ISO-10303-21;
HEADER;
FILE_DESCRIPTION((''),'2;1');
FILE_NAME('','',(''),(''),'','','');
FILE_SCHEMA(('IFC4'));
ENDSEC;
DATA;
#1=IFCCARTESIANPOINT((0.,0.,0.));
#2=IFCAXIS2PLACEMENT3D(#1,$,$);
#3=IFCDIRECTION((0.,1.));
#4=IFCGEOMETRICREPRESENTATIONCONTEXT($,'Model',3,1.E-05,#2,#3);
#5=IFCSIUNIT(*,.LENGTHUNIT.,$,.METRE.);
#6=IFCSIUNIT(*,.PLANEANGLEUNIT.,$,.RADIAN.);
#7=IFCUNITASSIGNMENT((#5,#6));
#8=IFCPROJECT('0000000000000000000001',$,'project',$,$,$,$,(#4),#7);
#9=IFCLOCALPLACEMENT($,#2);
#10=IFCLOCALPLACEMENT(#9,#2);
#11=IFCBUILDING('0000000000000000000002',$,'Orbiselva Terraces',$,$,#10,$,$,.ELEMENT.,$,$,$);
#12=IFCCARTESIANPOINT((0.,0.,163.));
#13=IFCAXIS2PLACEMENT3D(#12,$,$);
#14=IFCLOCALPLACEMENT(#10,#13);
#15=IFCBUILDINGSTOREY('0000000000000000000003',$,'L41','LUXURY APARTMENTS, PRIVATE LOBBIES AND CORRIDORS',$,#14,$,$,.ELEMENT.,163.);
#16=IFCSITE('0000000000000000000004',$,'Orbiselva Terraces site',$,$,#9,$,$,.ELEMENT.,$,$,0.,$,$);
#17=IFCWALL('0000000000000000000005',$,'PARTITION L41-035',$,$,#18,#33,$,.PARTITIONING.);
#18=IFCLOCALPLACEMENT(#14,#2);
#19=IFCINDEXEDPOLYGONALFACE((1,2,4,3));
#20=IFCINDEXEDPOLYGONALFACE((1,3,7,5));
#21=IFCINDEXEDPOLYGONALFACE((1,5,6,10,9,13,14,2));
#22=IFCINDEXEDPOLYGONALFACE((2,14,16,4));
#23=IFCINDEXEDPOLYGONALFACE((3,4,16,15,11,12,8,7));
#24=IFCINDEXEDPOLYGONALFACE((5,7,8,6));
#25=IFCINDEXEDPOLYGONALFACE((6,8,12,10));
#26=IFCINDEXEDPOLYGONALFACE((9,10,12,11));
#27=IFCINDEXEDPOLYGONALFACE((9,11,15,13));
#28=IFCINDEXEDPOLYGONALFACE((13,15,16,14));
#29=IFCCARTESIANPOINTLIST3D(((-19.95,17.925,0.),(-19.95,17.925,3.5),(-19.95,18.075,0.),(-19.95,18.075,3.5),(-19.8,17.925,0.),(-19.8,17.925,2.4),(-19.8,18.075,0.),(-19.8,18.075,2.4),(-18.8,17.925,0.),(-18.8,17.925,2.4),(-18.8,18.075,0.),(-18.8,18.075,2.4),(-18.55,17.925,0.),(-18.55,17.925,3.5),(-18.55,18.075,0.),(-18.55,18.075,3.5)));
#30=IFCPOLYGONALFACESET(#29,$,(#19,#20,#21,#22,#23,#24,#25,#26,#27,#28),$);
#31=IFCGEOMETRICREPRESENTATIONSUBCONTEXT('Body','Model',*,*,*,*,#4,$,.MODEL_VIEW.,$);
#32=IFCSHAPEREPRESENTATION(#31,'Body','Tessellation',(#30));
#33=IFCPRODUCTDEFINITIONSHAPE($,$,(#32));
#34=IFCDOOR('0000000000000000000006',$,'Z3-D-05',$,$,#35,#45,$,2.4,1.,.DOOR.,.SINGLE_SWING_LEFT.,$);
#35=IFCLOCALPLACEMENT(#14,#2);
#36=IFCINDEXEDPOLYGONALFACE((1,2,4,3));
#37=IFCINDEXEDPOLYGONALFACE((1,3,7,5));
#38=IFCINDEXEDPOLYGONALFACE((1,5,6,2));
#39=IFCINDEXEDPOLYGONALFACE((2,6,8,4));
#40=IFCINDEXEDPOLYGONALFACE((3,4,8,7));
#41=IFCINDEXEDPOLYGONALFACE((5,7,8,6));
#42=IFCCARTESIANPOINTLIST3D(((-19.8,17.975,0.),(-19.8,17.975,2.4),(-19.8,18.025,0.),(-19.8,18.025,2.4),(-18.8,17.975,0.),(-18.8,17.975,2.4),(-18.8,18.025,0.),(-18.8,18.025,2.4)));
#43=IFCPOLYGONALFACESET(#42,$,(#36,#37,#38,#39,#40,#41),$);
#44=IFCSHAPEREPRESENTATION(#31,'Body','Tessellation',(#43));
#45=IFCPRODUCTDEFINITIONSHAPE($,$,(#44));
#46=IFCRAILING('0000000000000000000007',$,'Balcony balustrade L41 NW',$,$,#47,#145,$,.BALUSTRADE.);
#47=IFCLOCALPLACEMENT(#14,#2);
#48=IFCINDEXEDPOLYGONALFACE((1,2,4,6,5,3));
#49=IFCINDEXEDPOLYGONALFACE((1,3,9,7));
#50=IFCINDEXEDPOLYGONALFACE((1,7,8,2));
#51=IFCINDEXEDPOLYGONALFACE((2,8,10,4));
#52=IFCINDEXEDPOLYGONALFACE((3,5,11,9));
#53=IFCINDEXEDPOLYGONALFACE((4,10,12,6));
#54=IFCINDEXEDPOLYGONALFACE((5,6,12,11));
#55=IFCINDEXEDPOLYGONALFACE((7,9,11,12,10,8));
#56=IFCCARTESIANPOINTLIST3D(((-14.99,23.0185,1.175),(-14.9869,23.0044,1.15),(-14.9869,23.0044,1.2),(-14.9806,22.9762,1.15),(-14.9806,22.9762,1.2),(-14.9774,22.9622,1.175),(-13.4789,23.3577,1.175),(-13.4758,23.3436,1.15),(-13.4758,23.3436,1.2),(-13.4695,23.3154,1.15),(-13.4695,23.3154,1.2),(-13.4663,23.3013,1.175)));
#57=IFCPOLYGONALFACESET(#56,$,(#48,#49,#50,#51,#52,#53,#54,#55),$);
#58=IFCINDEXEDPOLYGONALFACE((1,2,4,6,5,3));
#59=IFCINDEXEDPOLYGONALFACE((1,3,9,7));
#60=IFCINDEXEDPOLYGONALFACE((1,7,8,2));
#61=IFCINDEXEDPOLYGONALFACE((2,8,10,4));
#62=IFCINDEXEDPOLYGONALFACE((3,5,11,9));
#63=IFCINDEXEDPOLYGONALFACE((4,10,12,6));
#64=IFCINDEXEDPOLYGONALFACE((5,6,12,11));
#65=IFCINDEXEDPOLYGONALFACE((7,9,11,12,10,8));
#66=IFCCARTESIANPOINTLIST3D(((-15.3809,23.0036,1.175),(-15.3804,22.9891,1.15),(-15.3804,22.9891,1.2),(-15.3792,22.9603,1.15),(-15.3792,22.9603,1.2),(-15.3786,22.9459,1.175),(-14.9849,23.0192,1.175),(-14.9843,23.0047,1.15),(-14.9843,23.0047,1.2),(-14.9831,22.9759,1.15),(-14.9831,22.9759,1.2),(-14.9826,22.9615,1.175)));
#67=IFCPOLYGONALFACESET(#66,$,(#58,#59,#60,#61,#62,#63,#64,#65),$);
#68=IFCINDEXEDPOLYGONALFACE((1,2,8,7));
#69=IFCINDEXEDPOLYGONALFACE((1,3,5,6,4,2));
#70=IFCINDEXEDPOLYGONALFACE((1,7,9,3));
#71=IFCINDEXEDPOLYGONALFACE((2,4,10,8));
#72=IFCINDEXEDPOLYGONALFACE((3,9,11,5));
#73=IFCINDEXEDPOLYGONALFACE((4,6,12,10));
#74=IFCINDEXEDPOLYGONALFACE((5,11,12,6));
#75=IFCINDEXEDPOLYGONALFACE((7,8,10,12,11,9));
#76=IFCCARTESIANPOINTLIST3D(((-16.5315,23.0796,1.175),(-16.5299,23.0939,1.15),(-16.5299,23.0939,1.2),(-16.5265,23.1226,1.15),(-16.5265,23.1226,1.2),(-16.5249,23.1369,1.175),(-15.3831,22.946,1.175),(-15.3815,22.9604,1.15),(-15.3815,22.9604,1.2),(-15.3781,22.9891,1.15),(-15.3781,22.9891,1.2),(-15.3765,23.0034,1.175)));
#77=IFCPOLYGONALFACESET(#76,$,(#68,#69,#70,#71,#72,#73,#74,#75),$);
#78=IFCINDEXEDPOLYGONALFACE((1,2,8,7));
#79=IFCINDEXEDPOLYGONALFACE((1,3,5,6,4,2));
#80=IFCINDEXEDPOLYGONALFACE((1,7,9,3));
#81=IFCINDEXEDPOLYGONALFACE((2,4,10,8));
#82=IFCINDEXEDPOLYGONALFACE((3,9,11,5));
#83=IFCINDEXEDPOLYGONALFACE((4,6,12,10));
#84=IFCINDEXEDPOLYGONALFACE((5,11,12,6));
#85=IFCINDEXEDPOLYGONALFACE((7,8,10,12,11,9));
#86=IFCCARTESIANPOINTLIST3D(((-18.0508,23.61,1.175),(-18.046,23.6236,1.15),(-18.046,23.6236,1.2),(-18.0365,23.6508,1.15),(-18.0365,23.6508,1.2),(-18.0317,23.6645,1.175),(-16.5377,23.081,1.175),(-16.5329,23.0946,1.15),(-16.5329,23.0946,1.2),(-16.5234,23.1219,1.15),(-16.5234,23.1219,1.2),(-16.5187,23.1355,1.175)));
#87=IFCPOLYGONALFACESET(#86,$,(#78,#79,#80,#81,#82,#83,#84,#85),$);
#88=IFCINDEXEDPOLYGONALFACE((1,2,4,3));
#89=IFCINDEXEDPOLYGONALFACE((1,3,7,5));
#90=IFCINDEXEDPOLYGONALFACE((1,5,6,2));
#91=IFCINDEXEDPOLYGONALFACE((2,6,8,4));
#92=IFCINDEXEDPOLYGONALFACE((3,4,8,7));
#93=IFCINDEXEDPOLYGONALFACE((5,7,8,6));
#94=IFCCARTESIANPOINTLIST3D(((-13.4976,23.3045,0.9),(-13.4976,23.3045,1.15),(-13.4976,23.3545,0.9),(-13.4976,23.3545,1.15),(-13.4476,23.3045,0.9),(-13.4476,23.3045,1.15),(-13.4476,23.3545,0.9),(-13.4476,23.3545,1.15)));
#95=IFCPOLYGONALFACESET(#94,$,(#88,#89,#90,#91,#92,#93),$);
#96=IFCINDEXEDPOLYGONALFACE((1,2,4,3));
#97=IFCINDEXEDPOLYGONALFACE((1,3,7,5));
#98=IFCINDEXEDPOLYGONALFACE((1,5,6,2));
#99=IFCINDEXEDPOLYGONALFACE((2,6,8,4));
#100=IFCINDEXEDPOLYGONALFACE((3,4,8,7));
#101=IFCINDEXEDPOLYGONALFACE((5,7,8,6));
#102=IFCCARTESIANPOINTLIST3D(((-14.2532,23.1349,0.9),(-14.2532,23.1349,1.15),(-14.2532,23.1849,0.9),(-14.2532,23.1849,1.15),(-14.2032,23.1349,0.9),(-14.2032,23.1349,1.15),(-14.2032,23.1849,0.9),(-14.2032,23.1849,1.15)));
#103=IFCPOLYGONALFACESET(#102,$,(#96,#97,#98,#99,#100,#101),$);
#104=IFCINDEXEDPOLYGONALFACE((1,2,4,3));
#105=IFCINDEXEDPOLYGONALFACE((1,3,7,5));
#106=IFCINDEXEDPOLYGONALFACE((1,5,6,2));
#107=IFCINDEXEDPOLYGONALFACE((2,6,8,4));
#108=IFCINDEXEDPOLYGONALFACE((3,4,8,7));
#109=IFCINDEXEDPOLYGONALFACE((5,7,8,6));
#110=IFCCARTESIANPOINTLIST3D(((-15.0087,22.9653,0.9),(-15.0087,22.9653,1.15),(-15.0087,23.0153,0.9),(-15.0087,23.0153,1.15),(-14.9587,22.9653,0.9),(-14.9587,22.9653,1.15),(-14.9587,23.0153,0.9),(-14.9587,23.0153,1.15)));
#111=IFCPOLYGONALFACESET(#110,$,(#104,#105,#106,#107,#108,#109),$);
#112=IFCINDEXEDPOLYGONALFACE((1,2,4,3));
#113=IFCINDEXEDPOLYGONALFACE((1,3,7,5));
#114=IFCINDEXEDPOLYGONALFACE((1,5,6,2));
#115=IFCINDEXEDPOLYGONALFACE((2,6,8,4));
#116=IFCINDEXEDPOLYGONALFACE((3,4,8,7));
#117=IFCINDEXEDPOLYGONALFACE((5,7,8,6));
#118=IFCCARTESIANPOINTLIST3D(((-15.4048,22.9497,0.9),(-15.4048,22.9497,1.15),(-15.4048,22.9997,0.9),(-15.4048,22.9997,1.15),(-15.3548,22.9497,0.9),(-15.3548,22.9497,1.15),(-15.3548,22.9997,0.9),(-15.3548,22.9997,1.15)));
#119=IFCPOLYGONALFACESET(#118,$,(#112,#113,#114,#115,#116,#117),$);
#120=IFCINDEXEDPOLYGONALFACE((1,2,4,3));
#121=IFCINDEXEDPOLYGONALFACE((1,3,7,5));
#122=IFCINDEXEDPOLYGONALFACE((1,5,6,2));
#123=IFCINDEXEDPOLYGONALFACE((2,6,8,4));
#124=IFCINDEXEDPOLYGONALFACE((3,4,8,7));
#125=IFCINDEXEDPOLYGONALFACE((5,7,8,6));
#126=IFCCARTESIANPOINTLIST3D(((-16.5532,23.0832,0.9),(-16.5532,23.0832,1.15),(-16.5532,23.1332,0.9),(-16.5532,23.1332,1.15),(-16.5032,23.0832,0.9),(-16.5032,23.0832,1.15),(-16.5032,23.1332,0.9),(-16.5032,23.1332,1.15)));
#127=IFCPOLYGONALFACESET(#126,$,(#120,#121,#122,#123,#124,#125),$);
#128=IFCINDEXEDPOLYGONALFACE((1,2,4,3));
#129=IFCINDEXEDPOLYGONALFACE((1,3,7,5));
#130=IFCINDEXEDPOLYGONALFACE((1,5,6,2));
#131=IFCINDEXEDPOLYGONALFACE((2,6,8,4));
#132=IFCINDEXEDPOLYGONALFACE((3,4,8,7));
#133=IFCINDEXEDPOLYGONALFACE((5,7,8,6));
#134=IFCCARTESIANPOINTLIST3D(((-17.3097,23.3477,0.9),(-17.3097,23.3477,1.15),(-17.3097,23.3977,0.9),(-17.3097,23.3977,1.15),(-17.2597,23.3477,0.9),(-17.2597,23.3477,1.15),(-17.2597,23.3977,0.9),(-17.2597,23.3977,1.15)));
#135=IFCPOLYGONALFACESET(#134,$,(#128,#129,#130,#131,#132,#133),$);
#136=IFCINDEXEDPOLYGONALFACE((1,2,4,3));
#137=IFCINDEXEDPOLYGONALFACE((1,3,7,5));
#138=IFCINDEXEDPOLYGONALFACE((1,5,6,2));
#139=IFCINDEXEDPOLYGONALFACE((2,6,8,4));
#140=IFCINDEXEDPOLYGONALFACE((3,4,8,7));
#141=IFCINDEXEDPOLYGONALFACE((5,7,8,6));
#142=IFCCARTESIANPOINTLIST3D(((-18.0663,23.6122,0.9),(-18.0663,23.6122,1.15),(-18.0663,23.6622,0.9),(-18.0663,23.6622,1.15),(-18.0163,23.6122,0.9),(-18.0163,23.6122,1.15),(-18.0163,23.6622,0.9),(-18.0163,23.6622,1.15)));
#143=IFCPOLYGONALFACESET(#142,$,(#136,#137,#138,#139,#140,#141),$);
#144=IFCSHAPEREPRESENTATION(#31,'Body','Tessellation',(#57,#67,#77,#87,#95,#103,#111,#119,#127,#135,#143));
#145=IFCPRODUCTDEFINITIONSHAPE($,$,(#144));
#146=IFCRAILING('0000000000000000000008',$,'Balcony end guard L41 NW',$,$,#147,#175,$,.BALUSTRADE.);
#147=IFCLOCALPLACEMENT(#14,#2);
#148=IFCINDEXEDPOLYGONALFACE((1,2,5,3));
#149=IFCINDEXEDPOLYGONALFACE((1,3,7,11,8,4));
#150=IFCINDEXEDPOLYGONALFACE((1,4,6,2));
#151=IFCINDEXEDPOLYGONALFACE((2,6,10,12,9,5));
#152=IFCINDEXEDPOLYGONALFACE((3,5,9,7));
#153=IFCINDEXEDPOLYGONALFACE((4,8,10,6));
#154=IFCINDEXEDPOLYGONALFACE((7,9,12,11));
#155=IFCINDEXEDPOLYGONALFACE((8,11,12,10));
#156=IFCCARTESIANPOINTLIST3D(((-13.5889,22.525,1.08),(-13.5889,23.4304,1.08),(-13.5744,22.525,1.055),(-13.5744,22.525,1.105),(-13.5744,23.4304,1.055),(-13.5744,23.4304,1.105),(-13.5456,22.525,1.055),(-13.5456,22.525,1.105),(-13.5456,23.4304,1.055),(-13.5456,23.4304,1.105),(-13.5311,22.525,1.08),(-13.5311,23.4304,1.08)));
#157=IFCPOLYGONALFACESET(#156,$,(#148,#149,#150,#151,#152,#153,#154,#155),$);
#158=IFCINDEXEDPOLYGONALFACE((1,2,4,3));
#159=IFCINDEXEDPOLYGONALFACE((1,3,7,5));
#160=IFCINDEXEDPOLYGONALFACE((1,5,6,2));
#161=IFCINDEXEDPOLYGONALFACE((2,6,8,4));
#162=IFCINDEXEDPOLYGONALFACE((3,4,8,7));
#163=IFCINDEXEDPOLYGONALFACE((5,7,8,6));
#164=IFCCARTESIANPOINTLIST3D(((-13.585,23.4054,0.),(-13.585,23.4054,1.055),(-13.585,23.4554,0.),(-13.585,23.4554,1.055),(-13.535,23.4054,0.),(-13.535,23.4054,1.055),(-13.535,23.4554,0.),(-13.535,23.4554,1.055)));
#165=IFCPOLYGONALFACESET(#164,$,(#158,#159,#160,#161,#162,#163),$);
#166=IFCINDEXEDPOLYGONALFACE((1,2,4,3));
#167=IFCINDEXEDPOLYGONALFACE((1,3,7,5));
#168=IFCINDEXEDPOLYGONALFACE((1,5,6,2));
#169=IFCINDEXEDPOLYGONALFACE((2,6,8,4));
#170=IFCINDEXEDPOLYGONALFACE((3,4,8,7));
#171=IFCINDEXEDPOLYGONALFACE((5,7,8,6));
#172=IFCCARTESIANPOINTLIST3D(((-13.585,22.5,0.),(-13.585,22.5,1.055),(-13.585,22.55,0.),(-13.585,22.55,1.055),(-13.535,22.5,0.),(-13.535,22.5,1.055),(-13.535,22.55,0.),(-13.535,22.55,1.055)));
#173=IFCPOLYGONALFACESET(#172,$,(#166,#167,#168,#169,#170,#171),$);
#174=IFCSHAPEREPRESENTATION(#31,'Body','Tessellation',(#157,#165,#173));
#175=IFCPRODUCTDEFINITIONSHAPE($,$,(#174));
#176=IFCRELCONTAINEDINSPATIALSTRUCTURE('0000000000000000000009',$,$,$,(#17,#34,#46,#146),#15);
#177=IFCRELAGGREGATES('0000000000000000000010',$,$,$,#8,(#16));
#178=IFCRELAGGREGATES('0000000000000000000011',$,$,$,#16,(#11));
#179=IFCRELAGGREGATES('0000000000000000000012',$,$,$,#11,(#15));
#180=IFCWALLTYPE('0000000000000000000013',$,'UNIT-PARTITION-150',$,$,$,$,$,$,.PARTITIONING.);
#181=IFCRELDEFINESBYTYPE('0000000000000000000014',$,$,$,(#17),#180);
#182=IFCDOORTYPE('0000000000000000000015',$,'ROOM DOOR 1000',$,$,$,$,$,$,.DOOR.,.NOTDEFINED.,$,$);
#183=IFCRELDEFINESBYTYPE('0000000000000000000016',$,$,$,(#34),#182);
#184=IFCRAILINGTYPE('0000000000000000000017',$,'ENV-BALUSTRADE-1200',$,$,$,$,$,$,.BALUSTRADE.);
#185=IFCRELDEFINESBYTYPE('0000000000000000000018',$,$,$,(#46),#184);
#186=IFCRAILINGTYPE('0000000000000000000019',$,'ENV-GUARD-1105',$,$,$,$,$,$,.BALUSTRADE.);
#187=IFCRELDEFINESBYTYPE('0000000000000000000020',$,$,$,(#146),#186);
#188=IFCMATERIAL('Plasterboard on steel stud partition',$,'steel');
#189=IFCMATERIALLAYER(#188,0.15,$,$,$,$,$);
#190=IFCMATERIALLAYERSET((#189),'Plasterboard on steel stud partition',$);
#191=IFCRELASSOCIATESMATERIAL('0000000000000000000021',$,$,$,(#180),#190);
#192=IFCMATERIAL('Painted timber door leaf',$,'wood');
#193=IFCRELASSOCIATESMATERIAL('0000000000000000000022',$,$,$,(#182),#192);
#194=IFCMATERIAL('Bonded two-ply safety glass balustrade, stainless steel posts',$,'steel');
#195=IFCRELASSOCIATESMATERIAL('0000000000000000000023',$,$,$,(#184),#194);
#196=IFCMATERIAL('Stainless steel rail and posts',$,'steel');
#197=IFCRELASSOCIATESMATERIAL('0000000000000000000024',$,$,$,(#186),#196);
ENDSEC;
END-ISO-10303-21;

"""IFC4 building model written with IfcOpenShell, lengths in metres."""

from ifc_helpers import new_model, si_unit, direction, frame, frame_2d, origin, origin_2d, place, context, subcontext, project, spatial, polyline, rectangle, outline, extrude, material, layer, layer_set, type_object, element, fill, save


model = new_model("IFC4")

# Units and contexts
model_context = context("Model", 3, precision=1e-05, world=origin(), true_north=direction((0.0, 1.0)))
body_context = subcontext(model_context, "Body", "Model", "MODEL_VIEW")
ifc_project = project(units=[si_unit("LENGTHUNIT", "METRE"), si_unit("PLANEANGLEUNIT", "RADIAN")], contexts=[model_context])

# Site, building, storey
site_placement = place(None, origin())
site = spatial("IfcSite", under=ifc_project, at=site_placement, Name="Orbiselva Terraces site", CompositionType="ELEMENT", RefElevation=0.0)
building_placement = place(site_placement, origin())
building = spatial("IfcBuilding", under=site, at=building_placement, Name="Orbiselva Terraces", CompositionType="ELEMENT")
storey_placement = place(building_placement, frame((0.0, 0.0, 163.0)))
storey = spatial("IfcBuildingStorey", under=building, at=storey_placement, Name="L41", Description="LUXURY APARTMENTS, PRIVATE LOBBIES AND CORRIDORS", CompositionType="ELEMENT", Elevation=163.0)

# Shared definitions
ifc_material_1 = material(Name="Plasterboard on steel stud partition", Category="steel")

# Wall, opening, door
ifc_layer_1 = layer(ifc_material_1, 0.15)
ifc_layer_set_1 = layer_set([ifc_layer_1], Name="Plasterboard on steel stud partition")
wall_type_1 = type_object("IfcWallType", Name="UNIT-PARTITION-150", PredefinedType="PARTITIONING", material=ifc_layer_set_1)
wall_1_placement = place(storey_placement, frame((-19.95, 18.0, 0.0), z_axis=(0.0, 0.0, 1.0), x_axis=(1.0, 0.0, 0.0)))
wall_1 = element("IfcWall", 1, at=wall_1_placement, inside=storey, type_object=wall_type_1, Name="PARTITION L41-035", PredefinedType="PARTITIONING", context=body_context, shape_type="SweptSolid", body=[
    extrude(rectangle(XDim=1.4, YDim=0.15, at=frame_2d((0.7, 0.0))), origin(), (0.0, 0.0, 1.0), 3.5),
])
opening_1_placement = place(wall_1_placement, frame((0.15, 0.0, 0.0)))
opening_1 = element("IfcOpeningElement", 2, at=opening_1_placement, cuts=wall_1, PredefinedType="OPENING", context=body_context, shape_type="SweptSolid", body=[
    extrude(rectangle(XDim=1.0, YDim=2.4, at=frame_2d((0.5, 1.2))), frame((0.0, 0.085, 0.0), z_axis=(0.0, -1.0, 0.0), x_axis=(1.0, 0.0, 0.0)), (0.0, 0.0, 1.0), 0.17),
])
ifc_material_2 = material(Name="Painted timber door leaf", Category="wood")
door_type_1 = type_object("IfcDoorType", Name="ROOM DOOR 1000", OperationType="NOTDEFINED", PredefinedType="DOOR", material=ifc_material_2)
door_1_placement = place(opening_1_placement, origin())
door_1 = element("IfcDoor", 3, at=door_1_placement, inside=storey, type_object=door_type_1, Name="Z3-D-05", OperationType="SINGLE_SWING_LEFT", OverallHeight=2.4, OverallWidth=1.0, PredefinedType="DOOR", context=body_context, shape_type="SweptSolid", body=[
    extrude(rectangle(XDim=1.0, YDim=2.4, at=frame_2d((0.5, 1.2))), frame((0.0, 0.025, 0.0), z_axis=(0.0, -1.0, 0.0), x_axis=(1.0, 0.0, 0.0)), (0.0, 0.0, 1.0), 0.05),
])
fill(opening_1, door_1)

# Railings
ifc_material_3 = material(Name="Bonded two-ply safety glass balustrade, stainless steel posts", Category="steel")
railing_type_1 = type_object("IfcRailingType", Name="ENV-BALUSTRADE-1200", PredefinedType="BALUSTRADE", material=ifc_material_3)
railing_1_placement = place(storey_placement, frame((-13.4726, 23.3295, 0.9)))
element("IfcRailing", 4, at=railing_1_placement, inside=storey, type_object=railing_type_1, Name="Balcony balustrade L41 NW", PredefinedType="BALUSTRADE", context=body_context, shape_type="SweptSolid", body=[
    extrude(outline(polyline([(0.0289, 0.0), (0.0144, 0.025), (-0.0144, 0.025), (-0.0289, 0.0), (-0.0144, -0.025), (0.0144, -0.025), (0.0289, 0.0)])), frame((0.0, 0.0, 0.275), z_axis=(-0.975721, -0.219015, 0.0), x_axis=(0.219015, -0.975721, 0.0)), (0.0, 0.0, 1.0), 1.5487),
    extrude(outline(polyline([(0.0289, 0.0), (0.0144, 0.025), (-0.0144, 0.025), (-0.0289, 0.0), (-0.0144, -0.025), (0.0144, -0.025), (0.0289, 0.0)])), frame((-1.5111, -0.3392, 0.275), z_axis=(-0.999225, -0.039369, 0.0), x_axis=(0.039369, -0.999225, 0.0)), (0.0, 0.0, 1.0), 0.3964),
    extrude(outline(polyline([(0.0289, 0.0), (0.0144, 0.025), (-0.0144, 0.025), (-0.0289, 0.0), (-0.0144, -0.025), (0.0144, -0.025), (0.0289, 0.0)])), frame((-1.9072, -0.3548, 0.275), z_axis=(-0.99331, 0.115482, 0.0), x_axis=(-0.115482, -0.99331, 0.0)), (0.0, 0.0, 1.0), 1.1561),
    extrude(outline(polyline([(0.0289, 0.0), (0.0144, 0.025), (-0.0144, 0.025), (-0.0289, 0.0), (-0.0144, -0.025), (0.0144, -0.025), (0.0289, 0.0)])), frame((-3.0556, -0.2213, 0.275), z_axis=(-0.943972, 0.330024, 0.0), x_axis=(-0.330024, -0.943972, 0.0)), (0.0, 0.0, 1.0), 1.6029),
    extrude(rectangle(XDim=0.05, YDim=0.05, at=origin_2d()), origin(), (0.0, 0.0, 1.0), 0.25),
    extrude(rectangle(XDim=0.05, YDim=0.05, at=origin_2d()), frame((-0.7555, -0.1696, 0.0)), (0.0, 0.0, 1.0), 0.25),
    extrude(rectangle(XDim=0.05, YDim=0.05, at=origin_2d()), frame((-1.5111, -0.3392, 0.0)), (0.0, 0.0, 1.0), 0.25),
    extrude(rectangle(XDim=0.05, YDim=0.05, at=origin_2d()), frame((-1.9072, -0.3548, 0.0)), (0.0, 0.0, 1.0), 0.25),
    extrude(rectangle(XDim=0.05, YDim=0.05, at=origin_2d()), frame((-3.0556, -0.2213, 0.0)), (0.0, 0.0, 1.0), 0.25),
    extrude(rectangle(XDim=0.05, YDim=0.05, at=origin_2d()), frame((-3.8121, 0.0432, 0.0)), (0.0, 0.0, 1.0), 0.25),
    extrude(rectangle(XDim=0.05, YDim=0.05, at=origin_2d()), frame((-4.5686, 0.3077, 0.0)), (0.0, 0.0, 1.0), 0.25),
])
ifc_material_4 = material(Name="Stainless steel rail and posts", Category="steel")
railing_type_2 = type_object("IfcRailingType", Name="ENV-GUARD-1105", PredefinedType="BALUSTRADE", material=ifc_material_4)
railing_2_placement = place(storey_placement, frame((-13.56, 23.4304, 0.0)))
element("IfcRailing", 5, at=railing_2_placement, inside=storey, type_object=railing_type_2, Name="Balcony end guard L41 NW", PredefinedType="BALUSTRADE", context=body_context, shape_type="SweptSolid", body=[
    extrude(outline(polyline([(0.0289, 0.0), (0.0144, 0.025), (-0.0144, 0.025), (-0.0289, 0.0), (-0.0144, -0.025), (0.0144, -0.025), (0.0289, 0.0)])), frame((0.0, 0.0, 1.08), z_axis=(0.0, -1.0, 0.0), x_axis=(1.0, 0.0, 0.0)), (0.0, 0.0, 1.0), 0.9054),
    extrude(rectangle(XDim=0.05, YDim=0.05, at=origin_2d()), origin(), (0.0, 0.0, 1.0), 1.055),
    extrude(rectangle(XDim=0.05, YDim=0.05, at=origin_2d()), frame((0.0, -0.9054, 0.0)), (0.0, 0.0, 1.0), 1.055),
])

save(model, "model.ifc")
